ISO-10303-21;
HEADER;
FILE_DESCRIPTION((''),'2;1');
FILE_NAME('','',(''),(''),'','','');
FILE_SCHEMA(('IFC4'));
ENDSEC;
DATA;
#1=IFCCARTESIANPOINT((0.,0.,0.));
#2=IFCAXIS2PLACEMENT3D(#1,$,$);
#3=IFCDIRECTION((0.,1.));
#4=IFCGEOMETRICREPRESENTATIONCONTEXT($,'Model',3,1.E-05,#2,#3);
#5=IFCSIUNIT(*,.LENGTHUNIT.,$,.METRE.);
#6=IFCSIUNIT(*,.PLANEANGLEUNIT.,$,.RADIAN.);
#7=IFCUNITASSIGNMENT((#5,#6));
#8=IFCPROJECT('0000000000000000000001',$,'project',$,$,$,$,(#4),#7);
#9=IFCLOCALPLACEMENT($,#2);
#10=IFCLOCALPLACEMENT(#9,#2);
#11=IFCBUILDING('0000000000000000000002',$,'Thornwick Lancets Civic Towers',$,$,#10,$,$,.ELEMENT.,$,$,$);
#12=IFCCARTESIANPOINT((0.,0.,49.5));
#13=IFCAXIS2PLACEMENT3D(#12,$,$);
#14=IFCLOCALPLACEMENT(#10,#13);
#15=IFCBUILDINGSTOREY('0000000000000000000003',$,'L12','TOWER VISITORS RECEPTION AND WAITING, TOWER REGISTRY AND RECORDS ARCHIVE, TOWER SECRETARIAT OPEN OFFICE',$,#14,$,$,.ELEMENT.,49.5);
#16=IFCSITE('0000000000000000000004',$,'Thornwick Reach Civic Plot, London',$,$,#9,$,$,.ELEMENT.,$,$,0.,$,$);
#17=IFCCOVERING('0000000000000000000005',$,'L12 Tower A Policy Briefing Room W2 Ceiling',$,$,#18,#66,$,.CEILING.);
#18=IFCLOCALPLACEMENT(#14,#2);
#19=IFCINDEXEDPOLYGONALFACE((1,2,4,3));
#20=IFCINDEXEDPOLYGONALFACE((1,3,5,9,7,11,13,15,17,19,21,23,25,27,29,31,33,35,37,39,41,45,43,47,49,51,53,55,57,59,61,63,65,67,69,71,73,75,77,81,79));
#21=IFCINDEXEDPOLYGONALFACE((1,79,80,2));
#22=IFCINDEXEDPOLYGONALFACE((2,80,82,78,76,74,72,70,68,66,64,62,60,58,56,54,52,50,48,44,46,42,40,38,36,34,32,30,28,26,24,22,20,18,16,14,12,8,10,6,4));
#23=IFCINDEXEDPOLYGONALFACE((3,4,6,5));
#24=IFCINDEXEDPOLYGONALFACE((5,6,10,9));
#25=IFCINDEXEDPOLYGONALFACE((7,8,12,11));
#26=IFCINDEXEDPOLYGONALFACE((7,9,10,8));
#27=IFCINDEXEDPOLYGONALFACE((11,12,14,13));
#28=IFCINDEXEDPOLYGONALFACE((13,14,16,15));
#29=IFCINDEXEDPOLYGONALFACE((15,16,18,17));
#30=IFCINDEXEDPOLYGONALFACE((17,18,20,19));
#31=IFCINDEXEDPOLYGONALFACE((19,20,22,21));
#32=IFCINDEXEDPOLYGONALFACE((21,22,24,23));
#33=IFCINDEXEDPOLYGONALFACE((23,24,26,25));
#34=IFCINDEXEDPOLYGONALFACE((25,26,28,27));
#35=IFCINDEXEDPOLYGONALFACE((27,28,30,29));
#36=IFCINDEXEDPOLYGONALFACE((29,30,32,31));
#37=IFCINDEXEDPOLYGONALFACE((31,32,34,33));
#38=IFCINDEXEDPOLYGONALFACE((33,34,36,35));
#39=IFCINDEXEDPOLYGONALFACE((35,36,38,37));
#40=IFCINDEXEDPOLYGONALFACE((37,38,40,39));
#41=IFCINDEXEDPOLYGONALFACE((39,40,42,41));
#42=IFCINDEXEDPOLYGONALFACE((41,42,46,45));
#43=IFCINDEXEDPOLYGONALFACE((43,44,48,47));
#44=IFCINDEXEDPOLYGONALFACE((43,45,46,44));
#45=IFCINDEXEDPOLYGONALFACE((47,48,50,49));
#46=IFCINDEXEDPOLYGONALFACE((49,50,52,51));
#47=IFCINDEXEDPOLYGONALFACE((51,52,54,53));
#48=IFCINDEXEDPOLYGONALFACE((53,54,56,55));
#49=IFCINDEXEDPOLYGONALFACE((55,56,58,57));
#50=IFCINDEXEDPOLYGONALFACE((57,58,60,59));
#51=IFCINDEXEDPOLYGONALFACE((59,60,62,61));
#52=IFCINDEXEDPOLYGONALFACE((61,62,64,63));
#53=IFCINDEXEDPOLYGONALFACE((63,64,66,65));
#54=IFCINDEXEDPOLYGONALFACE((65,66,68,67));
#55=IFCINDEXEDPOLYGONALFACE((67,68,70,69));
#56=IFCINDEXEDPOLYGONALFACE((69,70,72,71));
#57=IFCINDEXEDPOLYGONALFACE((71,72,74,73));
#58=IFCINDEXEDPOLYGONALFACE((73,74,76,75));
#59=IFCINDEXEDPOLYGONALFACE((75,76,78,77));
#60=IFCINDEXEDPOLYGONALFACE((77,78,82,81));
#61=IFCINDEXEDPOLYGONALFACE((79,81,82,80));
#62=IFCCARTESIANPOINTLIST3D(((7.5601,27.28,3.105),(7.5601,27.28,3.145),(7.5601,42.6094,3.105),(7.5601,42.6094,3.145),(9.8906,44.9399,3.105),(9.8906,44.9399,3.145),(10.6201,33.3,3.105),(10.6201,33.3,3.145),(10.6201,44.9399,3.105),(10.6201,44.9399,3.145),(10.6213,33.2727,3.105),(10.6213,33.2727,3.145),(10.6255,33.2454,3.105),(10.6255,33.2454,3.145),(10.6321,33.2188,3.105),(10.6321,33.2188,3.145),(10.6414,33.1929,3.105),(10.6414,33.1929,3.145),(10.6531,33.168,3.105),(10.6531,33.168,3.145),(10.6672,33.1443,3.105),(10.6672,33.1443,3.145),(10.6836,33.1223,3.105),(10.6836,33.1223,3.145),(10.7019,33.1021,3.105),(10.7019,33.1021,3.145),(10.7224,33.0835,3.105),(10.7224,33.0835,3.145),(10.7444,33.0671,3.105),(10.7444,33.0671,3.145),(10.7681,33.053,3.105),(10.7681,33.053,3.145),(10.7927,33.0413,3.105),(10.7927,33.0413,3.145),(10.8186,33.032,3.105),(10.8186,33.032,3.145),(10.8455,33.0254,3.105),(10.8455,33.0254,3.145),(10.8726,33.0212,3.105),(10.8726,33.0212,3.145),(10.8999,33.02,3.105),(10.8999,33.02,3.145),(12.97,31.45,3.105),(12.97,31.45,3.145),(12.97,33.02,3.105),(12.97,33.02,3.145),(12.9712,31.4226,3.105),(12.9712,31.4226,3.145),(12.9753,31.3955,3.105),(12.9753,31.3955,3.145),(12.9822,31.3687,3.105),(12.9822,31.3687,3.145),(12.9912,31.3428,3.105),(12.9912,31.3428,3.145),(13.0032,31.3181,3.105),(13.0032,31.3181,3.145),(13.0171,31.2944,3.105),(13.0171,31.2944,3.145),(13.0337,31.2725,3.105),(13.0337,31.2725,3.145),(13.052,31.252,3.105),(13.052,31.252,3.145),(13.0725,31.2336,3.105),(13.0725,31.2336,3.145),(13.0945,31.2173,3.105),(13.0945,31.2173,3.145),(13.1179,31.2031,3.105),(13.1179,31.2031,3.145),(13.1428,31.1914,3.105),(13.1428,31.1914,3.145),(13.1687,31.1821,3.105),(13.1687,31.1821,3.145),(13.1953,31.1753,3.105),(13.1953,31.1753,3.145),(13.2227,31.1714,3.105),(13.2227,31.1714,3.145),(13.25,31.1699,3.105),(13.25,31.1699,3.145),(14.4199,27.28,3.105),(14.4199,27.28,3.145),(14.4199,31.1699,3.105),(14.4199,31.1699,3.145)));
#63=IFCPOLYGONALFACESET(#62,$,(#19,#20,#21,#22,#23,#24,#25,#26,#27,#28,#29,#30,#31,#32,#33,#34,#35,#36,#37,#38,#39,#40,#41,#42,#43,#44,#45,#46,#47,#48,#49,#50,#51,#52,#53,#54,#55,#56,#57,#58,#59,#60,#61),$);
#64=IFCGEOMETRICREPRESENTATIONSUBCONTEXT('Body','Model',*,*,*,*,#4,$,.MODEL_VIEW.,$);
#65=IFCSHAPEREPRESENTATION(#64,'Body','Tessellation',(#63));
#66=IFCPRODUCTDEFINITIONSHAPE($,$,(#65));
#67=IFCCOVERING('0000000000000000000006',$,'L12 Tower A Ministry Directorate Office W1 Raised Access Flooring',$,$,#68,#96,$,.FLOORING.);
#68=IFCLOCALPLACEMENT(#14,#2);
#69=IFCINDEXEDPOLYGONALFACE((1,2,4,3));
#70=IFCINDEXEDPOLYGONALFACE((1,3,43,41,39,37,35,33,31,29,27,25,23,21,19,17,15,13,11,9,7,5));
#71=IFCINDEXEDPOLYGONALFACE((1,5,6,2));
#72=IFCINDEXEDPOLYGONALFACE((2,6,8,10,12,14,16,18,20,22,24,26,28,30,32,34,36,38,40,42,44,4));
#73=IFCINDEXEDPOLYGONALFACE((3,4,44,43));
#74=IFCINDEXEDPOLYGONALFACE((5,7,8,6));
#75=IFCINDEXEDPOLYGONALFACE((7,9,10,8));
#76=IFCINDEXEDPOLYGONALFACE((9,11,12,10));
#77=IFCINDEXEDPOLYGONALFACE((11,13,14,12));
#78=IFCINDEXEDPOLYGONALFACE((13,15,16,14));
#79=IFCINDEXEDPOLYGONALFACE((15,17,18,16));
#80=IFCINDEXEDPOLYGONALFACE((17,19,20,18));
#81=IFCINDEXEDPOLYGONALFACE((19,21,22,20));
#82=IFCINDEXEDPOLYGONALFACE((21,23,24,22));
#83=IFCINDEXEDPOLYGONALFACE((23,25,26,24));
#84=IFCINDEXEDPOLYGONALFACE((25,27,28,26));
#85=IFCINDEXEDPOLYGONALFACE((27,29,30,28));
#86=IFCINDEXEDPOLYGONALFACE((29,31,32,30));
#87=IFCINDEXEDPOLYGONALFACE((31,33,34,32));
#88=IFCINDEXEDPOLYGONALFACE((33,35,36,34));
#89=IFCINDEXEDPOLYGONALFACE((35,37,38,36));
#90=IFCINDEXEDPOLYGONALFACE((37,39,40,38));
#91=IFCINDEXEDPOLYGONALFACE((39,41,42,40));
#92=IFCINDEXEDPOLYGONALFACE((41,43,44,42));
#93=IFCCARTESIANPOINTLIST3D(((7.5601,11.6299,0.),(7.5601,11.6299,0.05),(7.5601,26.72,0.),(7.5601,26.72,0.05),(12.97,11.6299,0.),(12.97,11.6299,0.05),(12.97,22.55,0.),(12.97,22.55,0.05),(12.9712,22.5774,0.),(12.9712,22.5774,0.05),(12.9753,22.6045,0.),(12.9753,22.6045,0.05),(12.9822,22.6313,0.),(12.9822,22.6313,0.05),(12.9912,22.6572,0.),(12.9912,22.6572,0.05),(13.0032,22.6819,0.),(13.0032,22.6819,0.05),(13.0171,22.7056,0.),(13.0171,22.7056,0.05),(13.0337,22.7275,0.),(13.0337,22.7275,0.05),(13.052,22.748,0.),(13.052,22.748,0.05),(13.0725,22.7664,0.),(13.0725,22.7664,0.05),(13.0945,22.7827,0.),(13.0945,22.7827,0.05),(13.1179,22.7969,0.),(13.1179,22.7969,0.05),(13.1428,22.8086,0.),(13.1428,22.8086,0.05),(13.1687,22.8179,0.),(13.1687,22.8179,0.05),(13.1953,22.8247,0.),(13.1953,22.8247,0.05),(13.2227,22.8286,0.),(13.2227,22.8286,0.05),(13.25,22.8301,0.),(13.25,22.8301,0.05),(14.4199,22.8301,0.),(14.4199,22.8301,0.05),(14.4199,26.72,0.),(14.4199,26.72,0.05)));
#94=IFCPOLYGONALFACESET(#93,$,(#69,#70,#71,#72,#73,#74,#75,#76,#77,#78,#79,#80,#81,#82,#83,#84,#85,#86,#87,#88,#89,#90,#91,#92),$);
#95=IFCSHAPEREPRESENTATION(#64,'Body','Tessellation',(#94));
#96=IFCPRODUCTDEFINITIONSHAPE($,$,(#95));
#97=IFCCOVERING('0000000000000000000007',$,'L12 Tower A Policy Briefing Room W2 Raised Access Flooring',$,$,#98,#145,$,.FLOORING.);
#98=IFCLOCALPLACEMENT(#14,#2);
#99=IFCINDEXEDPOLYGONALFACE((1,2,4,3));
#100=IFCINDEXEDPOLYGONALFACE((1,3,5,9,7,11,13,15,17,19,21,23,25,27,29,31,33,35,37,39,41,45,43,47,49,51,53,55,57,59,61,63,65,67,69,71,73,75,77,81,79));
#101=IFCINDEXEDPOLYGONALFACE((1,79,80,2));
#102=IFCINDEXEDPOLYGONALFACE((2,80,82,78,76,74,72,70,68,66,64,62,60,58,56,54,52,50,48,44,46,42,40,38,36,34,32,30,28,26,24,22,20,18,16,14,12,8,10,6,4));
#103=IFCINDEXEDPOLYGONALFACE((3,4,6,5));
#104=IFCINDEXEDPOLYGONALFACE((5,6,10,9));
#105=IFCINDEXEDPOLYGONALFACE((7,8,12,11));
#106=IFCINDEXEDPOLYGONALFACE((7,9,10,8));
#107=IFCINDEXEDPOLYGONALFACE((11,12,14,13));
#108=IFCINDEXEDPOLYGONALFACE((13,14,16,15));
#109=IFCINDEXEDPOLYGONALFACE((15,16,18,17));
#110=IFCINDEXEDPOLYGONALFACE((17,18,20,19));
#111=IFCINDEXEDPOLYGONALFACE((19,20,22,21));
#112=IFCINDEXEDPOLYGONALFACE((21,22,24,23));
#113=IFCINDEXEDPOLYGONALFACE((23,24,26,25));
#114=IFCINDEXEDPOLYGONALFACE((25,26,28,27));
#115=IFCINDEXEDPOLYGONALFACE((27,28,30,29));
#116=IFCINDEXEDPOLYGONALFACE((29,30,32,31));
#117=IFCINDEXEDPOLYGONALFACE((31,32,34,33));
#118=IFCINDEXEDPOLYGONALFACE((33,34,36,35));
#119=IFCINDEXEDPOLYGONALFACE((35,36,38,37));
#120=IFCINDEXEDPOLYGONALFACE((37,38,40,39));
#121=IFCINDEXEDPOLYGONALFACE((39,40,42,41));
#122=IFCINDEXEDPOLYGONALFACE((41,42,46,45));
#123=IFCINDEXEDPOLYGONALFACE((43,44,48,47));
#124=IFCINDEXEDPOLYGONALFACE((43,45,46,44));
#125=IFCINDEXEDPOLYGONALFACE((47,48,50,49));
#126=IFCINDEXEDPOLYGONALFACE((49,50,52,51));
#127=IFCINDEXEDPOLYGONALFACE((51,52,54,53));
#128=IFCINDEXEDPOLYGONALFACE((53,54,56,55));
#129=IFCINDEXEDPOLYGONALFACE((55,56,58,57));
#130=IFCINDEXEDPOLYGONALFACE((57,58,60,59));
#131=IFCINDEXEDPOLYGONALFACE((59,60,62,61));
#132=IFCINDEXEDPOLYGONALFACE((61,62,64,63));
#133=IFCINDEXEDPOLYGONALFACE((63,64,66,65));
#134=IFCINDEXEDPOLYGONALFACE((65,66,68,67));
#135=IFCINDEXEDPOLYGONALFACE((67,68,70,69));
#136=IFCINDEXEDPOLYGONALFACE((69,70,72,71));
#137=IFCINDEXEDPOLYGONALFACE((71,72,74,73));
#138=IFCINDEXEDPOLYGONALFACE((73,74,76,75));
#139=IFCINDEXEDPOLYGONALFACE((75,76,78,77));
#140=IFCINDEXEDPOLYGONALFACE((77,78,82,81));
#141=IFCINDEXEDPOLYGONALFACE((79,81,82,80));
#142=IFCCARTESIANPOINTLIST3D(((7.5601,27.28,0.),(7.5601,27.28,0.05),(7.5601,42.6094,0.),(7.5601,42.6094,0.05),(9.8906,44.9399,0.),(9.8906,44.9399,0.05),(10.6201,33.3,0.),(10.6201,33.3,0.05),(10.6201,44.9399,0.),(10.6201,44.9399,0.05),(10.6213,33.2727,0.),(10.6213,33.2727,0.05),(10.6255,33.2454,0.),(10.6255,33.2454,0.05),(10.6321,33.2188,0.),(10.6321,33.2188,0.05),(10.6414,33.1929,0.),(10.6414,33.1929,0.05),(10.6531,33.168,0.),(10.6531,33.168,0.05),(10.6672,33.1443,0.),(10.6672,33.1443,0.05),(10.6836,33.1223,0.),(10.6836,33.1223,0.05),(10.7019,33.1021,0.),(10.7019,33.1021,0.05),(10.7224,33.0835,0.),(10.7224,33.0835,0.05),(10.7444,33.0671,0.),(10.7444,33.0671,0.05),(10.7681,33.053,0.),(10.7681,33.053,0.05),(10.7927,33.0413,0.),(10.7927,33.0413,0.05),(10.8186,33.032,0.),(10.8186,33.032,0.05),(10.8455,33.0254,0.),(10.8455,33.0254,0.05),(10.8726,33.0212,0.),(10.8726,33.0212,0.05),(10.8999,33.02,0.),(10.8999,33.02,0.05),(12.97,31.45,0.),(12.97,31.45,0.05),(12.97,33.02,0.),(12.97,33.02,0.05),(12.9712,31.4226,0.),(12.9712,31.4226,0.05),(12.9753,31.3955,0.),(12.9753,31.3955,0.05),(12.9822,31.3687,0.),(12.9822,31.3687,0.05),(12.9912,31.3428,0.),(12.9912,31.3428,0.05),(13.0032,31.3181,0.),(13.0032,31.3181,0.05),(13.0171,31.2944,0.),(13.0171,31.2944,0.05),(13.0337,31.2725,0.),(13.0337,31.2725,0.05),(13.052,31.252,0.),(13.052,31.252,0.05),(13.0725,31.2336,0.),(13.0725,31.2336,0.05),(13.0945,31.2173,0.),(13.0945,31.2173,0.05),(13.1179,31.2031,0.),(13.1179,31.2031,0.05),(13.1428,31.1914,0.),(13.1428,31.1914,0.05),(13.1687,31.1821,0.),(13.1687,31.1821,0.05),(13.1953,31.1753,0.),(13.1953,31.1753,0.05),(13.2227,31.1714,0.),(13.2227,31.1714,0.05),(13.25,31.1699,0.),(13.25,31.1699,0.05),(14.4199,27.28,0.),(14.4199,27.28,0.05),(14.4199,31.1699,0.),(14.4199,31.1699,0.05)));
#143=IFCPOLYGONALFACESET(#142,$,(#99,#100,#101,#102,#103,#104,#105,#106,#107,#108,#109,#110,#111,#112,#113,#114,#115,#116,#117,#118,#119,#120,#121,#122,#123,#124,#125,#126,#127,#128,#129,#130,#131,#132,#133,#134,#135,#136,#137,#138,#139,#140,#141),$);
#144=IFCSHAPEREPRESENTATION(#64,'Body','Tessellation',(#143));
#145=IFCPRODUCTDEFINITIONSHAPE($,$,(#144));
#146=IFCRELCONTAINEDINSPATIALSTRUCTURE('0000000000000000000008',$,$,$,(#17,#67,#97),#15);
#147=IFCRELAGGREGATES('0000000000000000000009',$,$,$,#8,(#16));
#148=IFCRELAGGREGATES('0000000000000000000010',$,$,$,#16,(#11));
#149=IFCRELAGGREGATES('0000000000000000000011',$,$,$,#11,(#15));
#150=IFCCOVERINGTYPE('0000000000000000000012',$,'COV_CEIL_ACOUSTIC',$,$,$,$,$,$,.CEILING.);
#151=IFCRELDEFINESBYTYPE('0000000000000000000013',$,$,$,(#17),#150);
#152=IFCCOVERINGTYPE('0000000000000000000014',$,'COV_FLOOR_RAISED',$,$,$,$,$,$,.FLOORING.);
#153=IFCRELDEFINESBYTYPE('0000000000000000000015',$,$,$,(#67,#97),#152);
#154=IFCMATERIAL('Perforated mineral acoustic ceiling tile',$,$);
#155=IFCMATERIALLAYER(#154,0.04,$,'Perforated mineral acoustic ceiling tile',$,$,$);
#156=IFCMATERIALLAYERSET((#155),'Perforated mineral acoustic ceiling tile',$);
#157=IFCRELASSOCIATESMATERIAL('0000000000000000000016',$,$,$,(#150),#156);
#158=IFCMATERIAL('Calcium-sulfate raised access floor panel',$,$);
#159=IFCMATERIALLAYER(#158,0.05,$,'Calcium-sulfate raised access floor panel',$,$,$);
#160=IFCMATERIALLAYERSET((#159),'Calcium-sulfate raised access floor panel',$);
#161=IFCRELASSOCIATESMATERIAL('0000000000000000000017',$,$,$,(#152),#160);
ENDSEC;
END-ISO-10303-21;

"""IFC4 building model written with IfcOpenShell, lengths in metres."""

from ifc_helpers import new_model, si_unit, direction, frame, origin, place, context, subcontext, project, spatial, polyline, outline, extrude, material, layer, layer_set, type_object, element, save


model = new_model("IFC4")

# Units and contexts
model_context = context("Model", 3, precision=1e-05, world=origin(), true_north=direction((0.0, 1.0)))
body_context = subcontext(model_context, "Body", "Model", "MODEL_VIEW")
ifc_project = project(units=[si_unit("LENGTHUNIT", "METRE"), si_unit("PLANEANGLEUNIT", "RADIAN")], contexts=[model_context])

# Site, building, storey
site_placement = place(None, origin())
site = spatial("IfcSite", under=ifc_project, at=site_placement, Name="Thornwick Reach Civic Plot, London", CompositionType="ELEMENT", RefElevation=0.0)
building_placement = place(site_placement, origin())
building = spatial("IfcBuilding", under=site, at=building_placement, Name="Thornwick Lancets Civic Towers", CompositionType="ELEMENT")
storey_placement = place(building_placement, frame((0.0, 0.0, 49.5)))
storey = spatial("IfcBuildingStorey", under=building, at=storey_placement, Name="L12", Description="TOWER VISITORS RECEPTION AND WAITING, TOWER REGISTRY AND RECORDS ARCHIVE, TOWER SECRETARIAT OPEN OFFICE", CompositionType="ELEMENT", Elevation=49.5)

# Coverings
ifc_material_1 = material(Name="Perforated mineral acoustic ceiling tile")
ifc_layer_1 = layer(ifc_material_1, 0.04, Name="Perforated mineral acoustic ceiling tile")
ifc_layer_set_1 = layer_set([ifc_layer_1], Name="Perforated mineral acoustic ceiling tile")
covering_type_1 = type_object("IfcCoveringType", Name="COV_CEIL_ACOUSTIC", PredefinedType="CEILING", material=ifc_layer_set_1)
covering_1_placement = place(storey_placement, frame((0.0, 0.0, 3.105)))
element("IfcCovering", 1, at=covering_1_placement, inside=storey, type_object=covering_type_1, Name="L12 Tower A Policy Briefing Room W2 Ceiling", PredefinedType="CEILING", context=body_context, shape_type="SweptSolid", body=[
    extrude(outline(polyline([(12.97, 33.02), (12.97, 31.45), (12.9712, 31.4226), (12.9753, 31.3955), (12.9822, 31.3687), (12.9912, 31.3428), (13.0032, 31.3181), (13.0171, 31.2944), (13.0337, 31.2725), (13.052, 31.252), (13.0725, 31.2336), (13.0945, 31.2173), (13.1179, 31.2031), (13.1428, 31.1914), (13.1687, 31.1821), (13.1953, 31.1753), (13.2227, 31.1714), (13.25, 31.1699), (14.4199, 31.1699), (14.4199, 27.28), (7.5601, 27.28), (7.5601, 42.6094), (9.8906, 44.9399), (10.6201, 44.9399), (10.6201, 33.3), (10.6213, 33.2727), (10.6255, 33.2454), (10.6321, 33.2188), (10.6414, 33.1929), (10.6531, 33.168), (10.6672, 33.1443), (10.6836, 33.1223), (10.7019, 33.1021), (10.7224, 33.0835), (10.7444, 33.0671), (10.7681, 33.053), (10.7927, 33.0413), (10.8186, 33.032), (10.8455, 33.0254), (10.8726, 33.0212), (10.8999, 33.02), (12.97, 33.02)])), origin(), (0.0, 0.0, 1.0), 0.04),
])
ifc_material_2 = material(Name="Calcium-sulfate raised access floor panel")
ifc_layer_2 = layer(ifc_material_2, 0.05, Name="Calcium-sulfate raised access floor panel")
ifc_layer_set_2 = layer_set([ifc_layer_2], Name="Calcium-sulfate raised access floor panel")
covering_type_2 = type_object("IfcCoveringType", Name="COV_FLOOR_RAISED", PredefinedType="FLOORING", material=ifc_layer_set_2)
covering_2_placement = place(storey_placement, origin())
element("IfcCovering", 2, at=covering_2_placement, inside=storey, type_object=covering_type_2, Name="L12 Tower A Ministry Directorate Office W1 Raised Access Flooring", PredefinedType="FLOORING", context=body_context, shape_type="SweptSolid", body=[
    extrude(outline(polyline([(14.4199, 26.72), (14.4199, 22.8301), (13.25, 22.8301), (13.2227, 22.8286), (13.1953, 22.8247), (13.1687, 22.8179), (13.1428, 22.8086), (13.1179, 22.7969), (13.0945, 22.7827), (13.0725, 22.7664), (13.052, 22.748), (13.0337, 22.7275), (13.0171, 22.7056), (13.0032, 22.6819), (12.9912, 22.6572), (12.9822, 22.6313), (12.9753, 22.6045), (12.9712, 22.5774), (12.97, 22.55), (12.97, 11.6299), (7.5601, 11.6299), (7.5601, 26.72), (14.4199, 26.72)])), origin(), (0.0, 0.0, 1.0), 0.05),
])
covering_3_placement = place(storey_placement, origin())
element("IfcCovering", 3, at=covering_3_placement, inside=storey, type_object=covering_type_2, Name="L12 Tower A Policy Briefing Room W2 Raised Access Flooring", PredefinedType="FLOORING", context=body_context, shape_type="SweptSolid", body=[
    extrude(outline(polyline([(12.97, 33.02), (12.97, 31.45), (12.9712, 31.4226), (12.9753, 31.3955), (12.9822, 31.3687), (12.9912, 31.3428), (13.0032, 31.3181), (13.0171, 31.2944), (13.0337, 31.2725), (13.052, 31.252), (13.0725, 31.2336), (13.0945, 31.2173), (13.1179, 31.2031), (13.1428, 31.1914), (13.1687, 31.1821), (13.1953, 31.1753), (13.2227, 31.1714), (13.25, 31.1699), (14.4199, 31.1699), (14.4199, 27.28), (7.5601, 27.28), (7.5601, 42.6094), (9.8906, 44.9399), (10.6201, 44.9399), (10.6201, 33.3), (10.6213, 33.2727), (10.6255, 33.2454), (10.6321, 33.2188), (10.6414, 33.1929), (10.6531, 33.168), (10.6672, 33.1443), (10.6836, 33.1223), (10.7019, 33.1021), (10.7224, 33.0835), (10.7444, 33.0671), (10.7681, 33.053), (10.7927, 33.0413), (10.8186, 33.032), (10.8455, 33.0254), (10.8726, 33.0212), (10.8999, 33.02), (12.97, 33.02)])), origin(), (0.0, 0.0, 1.0), 0.05),
])

save(model, "model.ifc")
